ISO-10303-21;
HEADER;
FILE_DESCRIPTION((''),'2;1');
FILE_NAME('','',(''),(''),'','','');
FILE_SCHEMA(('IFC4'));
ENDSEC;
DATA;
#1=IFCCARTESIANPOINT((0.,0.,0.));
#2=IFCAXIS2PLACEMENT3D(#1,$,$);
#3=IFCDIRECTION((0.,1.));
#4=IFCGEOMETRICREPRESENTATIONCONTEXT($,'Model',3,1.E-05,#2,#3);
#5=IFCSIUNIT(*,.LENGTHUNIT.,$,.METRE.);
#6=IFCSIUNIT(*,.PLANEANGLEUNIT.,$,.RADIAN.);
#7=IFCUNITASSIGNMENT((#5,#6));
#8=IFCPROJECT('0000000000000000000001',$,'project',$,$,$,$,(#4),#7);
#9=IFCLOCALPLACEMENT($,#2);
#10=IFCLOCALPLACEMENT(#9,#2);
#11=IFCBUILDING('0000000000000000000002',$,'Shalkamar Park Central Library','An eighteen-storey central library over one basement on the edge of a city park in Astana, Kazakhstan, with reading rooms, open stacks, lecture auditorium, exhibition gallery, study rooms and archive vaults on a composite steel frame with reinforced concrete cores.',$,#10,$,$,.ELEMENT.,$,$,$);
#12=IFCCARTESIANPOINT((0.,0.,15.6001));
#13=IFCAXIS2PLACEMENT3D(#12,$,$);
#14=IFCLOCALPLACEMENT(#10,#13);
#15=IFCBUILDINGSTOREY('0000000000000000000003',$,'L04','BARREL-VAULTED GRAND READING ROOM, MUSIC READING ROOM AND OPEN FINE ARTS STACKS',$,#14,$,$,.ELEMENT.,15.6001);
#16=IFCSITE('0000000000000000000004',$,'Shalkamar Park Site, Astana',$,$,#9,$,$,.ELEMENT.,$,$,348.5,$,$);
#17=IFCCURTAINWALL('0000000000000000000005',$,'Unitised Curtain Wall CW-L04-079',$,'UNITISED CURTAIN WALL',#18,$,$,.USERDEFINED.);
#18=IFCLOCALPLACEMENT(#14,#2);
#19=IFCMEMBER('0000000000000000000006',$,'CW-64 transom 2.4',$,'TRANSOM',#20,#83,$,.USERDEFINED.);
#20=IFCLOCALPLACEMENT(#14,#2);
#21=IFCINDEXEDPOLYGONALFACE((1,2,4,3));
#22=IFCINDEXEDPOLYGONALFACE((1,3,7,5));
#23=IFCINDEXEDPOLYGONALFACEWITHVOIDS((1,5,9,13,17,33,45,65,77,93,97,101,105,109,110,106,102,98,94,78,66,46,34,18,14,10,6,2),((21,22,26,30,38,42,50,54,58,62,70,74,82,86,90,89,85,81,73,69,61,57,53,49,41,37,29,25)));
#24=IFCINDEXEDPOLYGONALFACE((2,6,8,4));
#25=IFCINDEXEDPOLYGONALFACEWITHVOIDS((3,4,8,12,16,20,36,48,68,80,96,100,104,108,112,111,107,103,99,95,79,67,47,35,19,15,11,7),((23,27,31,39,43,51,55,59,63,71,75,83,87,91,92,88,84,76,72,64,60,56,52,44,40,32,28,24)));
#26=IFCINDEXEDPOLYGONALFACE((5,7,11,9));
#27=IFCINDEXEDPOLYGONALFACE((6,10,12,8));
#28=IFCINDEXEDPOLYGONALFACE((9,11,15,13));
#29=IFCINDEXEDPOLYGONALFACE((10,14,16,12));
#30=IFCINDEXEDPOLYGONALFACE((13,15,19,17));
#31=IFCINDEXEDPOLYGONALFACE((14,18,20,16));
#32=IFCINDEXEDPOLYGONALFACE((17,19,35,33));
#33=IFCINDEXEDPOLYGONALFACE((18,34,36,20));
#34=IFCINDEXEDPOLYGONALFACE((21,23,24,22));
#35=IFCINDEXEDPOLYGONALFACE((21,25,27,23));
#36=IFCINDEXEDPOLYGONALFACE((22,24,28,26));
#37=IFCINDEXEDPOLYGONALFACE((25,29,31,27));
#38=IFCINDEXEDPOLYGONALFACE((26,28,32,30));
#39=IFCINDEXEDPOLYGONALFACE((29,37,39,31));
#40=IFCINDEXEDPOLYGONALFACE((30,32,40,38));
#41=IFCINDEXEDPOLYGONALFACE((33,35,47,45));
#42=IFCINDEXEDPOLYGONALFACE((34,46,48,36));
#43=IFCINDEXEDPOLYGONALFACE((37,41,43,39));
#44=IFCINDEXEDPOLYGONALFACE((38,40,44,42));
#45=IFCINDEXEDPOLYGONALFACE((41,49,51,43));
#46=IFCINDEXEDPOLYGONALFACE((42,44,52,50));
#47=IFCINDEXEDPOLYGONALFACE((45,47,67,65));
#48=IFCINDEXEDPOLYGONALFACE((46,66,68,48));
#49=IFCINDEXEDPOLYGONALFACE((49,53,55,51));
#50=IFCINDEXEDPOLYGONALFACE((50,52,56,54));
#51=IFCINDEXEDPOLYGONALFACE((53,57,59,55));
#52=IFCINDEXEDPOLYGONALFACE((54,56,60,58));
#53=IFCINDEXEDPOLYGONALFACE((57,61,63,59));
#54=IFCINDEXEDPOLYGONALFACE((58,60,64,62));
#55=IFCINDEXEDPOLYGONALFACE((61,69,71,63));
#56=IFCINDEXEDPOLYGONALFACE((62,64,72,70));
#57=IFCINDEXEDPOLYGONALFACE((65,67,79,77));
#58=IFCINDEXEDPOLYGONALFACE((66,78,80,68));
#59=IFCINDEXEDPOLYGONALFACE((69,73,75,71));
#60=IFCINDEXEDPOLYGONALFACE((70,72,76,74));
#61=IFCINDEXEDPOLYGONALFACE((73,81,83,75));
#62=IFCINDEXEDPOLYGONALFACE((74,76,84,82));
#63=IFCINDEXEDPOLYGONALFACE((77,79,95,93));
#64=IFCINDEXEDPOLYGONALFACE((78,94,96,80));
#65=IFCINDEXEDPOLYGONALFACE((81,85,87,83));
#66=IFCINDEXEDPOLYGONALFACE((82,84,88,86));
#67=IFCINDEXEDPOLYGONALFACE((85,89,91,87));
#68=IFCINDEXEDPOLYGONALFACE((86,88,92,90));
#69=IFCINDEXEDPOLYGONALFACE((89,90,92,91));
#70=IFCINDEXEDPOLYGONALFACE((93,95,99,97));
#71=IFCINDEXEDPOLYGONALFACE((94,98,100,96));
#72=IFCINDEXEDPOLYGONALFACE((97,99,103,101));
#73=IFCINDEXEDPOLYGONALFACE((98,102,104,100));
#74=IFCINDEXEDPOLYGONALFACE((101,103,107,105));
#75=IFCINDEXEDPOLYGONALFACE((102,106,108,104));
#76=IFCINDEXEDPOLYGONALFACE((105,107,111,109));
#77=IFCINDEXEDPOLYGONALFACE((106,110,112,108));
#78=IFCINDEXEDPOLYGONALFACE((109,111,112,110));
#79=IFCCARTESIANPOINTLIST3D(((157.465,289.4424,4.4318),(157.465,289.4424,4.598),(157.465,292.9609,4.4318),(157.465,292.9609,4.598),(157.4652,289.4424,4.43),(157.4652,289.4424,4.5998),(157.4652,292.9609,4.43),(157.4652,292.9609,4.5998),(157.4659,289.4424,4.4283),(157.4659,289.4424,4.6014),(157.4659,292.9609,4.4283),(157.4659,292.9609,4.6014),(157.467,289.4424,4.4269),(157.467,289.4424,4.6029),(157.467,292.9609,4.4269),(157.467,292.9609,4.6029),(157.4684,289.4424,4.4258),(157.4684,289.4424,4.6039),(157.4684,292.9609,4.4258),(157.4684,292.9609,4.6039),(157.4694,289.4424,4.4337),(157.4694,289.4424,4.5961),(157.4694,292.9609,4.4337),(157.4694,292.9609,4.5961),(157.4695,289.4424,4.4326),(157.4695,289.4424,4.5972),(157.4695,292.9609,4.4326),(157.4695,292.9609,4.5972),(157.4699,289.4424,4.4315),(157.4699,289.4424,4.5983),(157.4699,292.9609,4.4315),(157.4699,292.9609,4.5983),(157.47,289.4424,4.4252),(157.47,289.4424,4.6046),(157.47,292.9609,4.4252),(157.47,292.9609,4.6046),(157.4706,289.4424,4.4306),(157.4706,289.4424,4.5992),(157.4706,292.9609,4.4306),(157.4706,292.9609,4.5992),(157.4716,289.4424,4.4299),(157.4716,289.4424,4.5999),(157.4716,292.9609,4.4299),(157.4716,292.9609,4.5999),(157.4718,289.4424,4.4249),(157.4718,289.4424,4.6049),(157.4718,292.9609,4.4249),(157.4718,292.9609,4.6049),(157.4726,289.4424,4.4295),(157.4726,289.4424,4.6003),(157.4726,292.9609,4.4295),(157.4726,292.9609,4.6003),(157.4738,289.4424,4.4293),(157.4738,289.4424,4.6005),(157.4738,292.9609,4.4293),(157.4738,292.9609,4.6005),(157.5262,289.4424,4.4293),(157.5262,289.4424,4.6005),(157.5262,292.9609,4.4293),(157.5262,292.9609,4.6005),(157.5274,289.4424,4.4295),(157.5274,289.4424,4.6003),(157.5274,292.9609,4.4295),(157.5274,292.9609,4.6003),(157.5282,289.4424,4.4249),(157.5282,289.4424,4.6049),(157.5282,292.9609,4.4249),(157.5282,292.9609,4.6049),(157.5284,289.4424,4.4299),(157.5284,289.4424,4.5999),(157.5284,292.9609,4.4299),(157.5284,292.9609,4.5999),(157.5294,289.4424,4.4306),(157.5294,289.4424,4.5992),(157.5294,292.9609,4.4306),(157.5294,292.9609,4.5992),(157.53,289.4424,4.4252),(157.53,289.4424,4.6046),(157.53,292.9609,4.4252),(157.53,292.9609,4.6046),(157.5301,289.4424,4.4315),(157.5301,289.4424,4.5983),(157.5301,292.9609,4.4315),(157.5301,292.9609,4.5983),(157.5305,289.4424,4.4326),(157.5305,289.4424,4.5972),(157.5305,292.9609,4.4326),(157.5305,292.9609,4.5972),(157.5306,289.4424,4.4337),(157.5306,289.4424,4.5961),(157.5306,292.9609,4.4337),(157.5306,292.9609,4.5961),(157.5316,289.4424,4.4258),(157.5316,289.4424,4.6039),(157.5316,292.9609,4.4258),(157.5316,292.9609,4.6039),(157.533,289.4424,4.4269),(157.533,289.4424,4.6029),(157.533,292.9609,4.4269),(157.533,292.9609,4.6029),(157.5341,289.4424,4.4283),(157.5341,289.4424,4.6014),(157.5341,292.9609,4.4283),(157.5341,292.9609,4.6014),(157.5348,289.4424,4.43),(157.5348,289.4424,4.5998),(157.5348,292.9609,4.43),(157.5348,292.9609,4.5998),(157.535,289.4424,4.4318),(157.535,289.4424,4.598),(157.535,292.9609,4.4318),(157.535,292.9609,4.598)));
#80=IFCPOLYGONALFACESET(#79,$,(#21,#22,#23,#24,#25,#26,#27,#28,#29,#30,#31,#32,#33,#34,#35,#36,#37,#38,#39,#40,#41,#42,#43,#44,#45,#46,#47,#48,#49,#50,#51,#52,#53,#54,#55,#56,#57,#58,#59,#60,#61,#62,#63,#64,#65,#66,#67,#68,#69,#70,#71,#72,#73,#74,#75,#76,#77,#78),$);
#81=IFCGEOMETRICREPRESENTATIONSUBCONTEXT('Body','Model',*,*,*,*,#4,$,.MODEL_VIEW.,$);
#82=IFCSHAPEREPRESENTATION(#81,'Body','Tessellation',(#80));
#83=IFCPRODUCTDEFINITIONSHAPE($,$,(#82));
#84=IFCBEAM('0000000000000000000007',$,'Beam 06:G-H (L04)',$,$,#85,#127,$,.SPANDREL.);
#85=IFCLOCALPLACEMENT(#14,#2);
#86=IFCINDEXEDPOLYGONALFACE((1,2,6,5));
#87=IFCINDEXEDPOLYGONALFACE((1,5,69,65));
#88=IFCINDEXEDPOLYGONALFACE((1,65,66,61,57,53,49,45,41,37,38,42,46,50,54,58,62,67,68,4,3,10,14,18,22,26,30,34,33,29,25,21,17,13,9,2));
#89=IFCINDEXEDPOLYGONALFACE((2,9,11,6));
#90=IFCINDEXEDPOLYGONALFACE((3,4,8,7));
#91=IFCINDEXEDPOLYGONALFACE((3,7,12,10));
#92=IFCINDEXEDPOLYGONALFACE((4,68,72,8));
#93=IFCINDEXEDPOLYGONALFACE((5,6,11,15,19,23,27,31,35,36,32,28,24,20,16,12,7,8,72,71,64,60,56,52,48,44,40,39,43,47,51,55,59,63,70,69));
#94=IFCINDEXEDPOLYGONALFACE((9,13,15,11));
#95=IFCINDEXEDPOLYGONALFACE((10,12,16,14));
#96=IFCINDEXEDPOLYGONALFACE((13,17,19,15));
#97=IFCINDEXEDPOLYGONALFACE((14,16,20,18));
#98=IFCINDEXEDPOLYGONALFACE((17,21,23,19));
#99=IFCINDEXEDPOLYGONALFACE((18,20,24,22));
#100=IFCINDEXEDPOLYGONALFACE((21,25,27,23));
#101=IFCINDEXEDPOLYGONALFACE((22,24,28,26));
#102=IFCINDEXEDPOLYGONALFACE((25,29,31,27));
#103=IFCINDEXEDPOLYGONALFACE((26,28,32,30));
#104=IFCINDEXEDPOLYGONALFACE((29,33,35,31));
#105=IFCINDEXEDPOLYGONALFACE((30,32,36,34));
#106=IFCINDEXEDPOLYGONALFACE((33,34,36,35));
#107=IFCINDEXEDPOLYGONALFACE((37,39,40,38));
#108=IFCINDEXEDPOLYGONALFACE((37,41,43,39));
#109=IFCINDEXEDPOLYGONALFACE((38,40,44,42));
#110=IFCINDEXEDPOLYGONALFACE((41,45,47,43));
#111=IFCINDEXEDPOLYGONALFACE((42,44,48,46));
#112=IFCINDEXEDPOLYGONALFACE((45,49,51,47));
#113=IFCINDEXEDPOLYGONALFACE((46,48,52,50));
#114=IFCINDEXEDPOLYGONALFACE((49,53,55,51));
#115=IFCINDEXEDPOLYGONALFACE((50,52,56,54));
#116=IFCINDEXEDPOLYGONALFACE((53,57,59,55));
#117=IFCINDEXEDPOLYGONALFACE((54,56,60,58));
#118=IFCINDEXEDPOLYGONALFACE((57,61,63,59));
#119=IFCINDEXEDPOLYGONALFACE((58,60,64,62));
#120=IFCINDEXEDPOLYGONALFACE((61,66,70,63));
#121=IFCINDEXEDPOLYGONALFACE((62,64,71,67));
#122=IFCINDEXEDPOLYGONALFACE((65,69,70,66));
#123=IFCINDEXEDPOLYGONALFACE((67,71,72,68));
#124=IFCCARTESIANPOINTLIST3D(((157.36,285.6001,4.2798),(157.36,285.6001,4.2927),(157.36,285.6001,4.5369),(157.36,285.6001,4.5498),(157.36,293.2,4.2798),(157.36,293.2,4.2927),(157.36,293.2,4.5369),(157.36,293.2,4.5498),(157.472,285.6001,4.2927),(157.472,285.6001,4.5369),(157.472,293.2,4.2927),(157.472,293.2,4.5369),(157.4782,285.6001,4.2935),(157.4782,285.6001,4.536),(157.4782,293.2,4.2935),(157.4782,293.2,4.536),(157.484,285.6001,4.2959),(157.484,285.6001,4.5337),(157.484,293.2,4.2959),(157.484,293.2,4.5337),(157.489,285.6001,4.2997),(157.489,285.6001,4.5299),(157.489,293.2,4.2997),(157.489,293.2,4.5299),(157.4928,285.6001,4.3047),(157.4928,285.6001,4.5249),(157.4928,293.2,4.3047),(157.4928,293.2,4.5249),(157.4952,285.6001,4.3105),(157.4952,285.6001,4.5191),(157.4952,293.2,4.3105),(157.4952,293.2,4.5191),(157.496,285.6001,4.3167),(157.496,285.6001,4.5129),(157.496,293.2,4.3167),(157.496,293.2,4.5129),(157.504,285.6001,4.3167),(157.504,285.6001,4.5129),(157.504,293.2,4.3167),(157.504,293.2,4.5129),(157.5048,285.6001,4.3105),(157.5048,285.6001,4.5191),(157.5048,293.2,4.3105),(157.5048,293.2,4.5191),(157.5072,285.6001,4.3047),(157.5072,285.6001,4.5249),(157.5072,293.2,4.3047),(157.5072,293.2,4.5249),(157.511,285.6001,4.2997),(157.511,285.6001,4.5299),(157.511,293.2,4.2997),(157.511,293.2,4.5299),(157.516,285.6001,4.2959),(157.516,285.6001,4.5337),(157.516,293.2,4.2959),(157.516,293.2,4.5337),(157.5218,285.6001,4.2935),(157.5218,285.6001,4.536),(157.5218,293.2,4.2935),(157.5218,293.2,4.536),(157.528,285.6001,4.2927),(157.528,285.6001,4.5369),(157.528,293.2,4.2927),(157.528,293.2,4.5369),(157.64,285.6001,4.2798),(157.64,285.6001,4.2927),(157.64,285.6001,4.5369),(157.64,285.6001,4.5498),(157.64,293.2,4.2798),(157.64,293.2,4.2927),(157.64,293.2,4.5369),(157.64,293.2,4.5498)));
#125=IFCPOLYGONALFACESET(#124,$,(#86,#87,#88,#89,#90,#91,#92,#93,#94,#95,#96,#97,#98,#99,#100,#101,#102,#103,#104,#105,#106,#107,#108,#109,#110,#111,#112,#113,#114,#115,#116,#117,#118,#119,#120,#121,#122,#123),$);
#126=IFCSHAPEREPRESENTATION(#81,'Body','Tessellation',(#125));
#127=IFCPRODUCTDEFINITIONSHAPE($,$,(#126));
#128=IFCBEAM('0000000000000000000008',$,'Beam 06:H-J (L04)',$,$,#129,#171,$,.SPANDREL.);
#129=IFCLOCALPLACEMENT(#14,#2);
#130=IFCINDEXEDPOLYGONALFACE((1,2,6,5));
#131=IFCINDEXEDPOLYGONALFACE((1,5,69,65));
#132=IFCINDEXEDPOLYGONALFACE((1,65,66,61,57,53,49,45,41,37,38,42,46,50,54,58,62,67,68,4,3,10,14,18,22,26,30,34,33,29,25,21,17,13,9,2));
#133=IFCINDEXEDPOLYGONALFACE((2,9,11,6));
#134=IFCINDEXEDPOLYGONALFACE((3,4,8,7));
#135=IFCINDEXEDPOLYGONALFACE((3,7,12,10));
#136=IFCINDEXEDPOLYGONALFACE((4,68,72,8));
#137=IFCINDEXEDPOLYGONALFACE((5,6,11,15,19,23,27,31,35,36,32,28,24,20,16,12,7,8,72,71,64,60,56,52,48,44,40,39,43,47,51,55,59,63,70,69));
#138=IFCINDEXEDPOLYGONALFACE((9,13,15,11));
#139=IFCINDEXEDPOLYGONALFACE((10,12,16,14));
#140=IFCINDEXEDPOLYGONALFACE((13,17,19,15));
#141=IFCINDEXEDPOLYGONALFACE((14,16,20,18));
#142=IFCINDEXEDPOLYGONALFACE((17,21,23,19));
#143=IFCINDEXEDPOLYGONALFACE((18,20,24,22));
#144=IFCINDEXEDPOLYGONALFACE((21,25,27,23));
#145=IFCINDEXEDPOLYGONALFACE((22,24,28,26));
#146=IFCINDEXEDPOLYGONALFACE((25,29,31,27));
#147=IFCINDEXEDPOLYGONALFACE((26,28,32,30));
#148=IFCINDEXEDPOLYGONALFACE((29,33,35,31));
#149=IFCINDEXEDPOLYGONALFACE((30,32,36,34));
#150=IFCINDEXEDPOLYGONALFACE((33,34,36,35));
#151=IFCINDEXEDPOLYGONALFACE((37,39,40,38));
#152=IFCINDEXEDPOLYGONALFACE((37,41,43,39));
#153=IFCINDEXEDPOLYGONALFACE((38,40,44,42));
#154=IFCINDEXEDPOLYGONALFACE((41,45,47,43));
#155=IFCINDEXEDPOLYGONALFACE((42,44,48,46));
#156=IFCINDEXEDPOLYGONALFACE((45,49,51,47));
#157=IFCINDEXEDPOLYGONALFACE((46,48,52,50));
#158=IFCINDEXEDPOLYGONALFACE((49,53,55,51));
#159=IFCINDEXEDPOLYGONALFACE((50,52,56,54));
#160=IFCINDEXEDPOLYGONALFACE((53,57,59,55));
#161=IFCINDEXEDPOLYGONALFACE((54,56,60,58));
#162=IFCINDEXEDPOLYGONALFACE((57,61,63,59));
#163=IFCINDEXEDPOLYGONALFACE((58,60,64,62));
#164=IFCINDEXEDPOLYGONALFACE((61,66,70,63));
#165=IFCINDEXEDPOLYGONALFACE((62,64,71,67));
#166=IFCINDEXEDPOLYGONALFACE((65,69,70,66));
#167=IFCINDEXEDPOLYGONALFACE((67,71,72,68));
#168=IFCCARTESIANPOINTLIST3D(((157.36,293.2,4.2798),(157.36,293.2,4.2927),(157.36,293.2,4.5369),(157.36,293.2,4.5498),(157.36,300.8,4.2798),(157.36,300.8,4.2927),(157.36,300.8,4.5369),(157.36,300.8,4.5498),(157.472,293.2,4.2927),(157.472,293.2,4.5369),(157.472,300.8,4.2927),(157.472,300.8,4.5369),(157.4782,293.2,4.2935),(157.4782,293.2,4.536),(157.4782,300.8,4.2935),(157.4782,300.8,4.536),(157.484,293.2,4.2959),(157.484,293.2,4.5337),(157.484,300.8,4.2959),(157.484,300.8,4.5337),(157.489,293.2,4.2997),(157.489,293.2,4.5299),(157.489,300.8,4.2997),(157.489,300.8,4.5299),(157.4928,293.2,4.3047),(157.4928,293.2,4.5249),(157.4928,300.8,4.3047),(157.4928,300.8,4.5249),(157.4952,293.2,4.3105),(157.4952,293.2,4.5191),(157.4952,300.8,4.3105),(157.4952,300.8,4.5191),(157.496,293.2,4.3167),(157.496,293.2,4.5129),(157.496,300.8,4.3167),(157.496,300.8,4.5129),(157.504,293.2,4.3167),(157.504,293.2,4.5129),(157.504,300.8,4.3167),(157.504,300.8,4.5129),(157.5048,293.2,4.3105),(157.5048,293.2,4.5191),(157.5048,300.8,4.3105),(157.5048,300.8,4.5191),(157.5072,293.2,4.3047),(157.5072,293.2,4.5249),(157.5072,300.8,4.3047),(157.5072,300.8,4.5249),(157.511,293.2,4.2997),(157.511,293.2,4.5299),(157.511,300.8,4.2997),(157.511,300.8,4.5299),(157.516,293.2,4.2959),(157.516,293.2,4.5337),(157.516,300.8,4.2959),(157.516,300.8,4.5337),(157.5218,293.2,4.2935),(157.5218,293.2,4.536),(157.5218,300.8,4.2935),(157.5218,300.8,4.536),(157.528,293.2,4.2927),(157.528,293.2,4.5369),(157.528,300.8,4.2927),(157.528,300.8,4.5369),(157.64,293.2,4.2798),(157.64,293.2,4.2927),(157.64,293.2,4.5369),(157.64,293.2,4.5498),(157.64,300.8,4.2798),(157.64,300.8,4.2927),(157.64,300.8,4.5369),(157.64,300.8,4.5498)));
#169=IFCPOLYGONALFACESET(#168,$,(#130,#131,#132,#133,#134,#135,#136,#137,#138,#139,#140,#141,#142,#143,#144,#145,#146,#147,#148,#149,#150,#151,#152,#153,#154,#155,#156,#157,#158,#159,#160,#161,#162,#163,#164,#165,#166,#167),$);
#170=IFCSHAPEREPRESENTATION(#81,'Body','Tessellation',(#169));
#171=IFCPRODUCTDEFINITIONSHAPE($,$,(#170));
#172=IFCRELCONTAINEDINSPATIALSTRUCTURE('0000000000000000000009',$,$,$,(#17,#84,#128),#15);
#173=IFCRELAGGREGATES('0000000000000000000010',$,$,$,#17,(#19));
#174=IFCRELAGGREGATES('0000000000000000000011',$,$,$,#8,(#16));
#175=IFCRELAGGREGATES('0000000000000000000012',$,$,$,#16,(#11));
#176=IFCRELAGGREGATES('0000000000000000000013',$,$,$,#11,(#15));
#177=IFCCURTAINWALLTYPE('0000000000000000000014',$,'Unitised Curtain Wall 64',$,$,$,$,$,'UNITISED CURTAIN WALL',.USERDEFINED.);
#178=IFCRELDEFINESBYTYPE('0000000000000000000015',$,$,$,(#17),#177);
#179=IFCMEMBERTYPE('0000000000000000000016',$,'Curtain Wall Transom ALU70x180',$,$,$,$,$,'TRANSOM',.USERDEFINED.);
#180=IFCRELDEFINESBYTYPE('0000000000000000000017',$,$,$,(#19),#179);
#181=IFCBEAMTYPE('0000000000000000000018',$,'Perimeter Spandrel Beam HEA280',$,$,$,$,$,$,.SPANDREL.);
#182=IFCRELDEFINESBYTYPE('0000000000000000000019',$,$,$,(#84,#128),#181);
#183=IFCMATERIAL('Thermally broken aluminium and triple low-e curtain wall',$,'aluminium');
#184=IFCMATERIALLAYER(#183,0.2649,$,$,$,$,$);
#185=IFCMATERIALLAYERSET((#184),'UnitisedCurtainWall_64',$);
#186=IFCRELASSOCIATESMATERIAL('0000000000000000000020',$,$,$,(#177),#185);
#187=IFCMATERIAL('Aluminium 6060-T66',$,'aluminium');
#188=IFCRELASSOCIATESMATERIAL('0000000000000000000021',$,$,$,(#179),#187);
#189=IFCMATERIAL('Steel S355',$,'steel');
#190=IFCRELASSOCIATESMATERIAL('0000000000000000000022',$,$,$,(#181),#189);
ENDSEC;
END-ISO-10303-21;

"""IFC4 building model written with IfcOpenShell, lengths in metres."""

from ifc_helpers import new_model, si_unit, direction, frame, origin, origin_2d, place, context, subcontext, project, spatial, hollow_rectangle, i_section, extrude, material, layer, layer_set, material_profile, profile_set, type_object, element, aggregate, save


model = new_model("IFC4")

# Units and contexts
model_context = context("Model", 3, precision=1e-05, world=origin(), true_north=direction((0.0, 1.0)))
body_context = subcontext(model_context, "Body", "Model", "MODEL_VIEW")
ifc_project = project(units=[si_unit("LENGTHUNIT", "METRE"), si_unit("PLANEANGLEUNIT", "RADIAN")], contexts=[model_context])

# Site, building, storey
site_placement = place(None, origin())
site = spatial("IfcSite", under=ifc_project, at=site_placement, Name="Shalkamar Park Site, Astana", CompositionType="ELEMENT", RefElevation=348.5)
building_placement = place(site_placement, origin())
building = spatial("IfcBuilding", under=site, at=building_placement, Name="Shalkamar Park Central Library", Description="An eighteen-storey central library over one basement on the edge of a city park in Astana, Kazakhstan, with reading rooms, open stacks, lecture auditorium, exhibition gallery, study rooms and archive vaults on a composite steel frame with reinforced concrete cores.", CompositionType="ELEMENT")
storey_placement = place(building_placement, frame((0.0, 0.0, 15.6001)))
storey = spatial("IfcBuildingStorey", under=building, at=storey_placement, Name="L04", Description="BARREL-VAULTED GRAND READING ROOM, MUSIC READING ROOM AND OPEN FINE ARTS STACKS", CompositionType="ELEMENT", Elevation=15.6001)

# Shared definitions
ifc_material_1 = material(Name="Steel S355", Category="steel")

# Curtain wall, member
ifc_material_2 = material(Name="Thermally broken aluminium and triple low-e curtain wall", Category="aluminium")
ifc_layer_1 = layer(ifc_material_2, 0.2649)
ifc_layer_set_1 = layer_set([ifc_layer_1], Name="UnitisedCurtainWall_64")
curtain_wall_type = type_object("IfcCurtainWallType", Name="Unitised Curtain Wall 64", ElementType="UNITISED CURTAIN WALL", PredefinedType="USERDEFINED", material=ifc_layer_set_1)
curtain_wall_placement = place(storey_placement, origin())
curtain_wall = element("IfcCurtainWall", 1, at=curtain_wall_placement, inside=storey, type_object=curtain_wall_type, Name="Unitised Curtain Wall CW-L04-079", ObjectType="UNITISED CURTAIN WALL", PredefinedType="USERDEFINED")
ifc_material_3 = material(Name="Aluminium 6060-T66", Category="aluminium")
ifc_material_profile_1 = material_profile(ifc_material_3, hollow_rectangle(XDim=0.0701, YDim=0.1799, WallThickness=0.0044, InnerFilletRadius=0.0044, OuterFilletRadius=0.0068, at=origin_2d()), Name="ALU 70x180x4.5")
ifc_profile_set_1 = profile_set([ifc_material_profile_1], Name="Aluminium 6060-T66")
member_type_1 = type_object("IfcMemberType", Name="Curtain Wall Transom ALU70x180", ElementType="TRANSOM", PredefinedType="USERDEFINED", material=ifc_profile_set_1)
member_1_placement = place(storey_placement, frame((157.5, 289.4424, 4.5149), z_axis=(0.0, 1.0, 0.0), x_axis=(-1.0, 0.0, 0.0)))
member_1 = element("IfcMember", 2, at=member_1_placement, type_object=member_type_1, Name="CW-64 transom 2.4", ObjectType="TRANSOM", PredefinedType="USERDEFINED", context=body_context, shape_type="SweptSolid", body=[
    extrude(hollow_rectangle(XDim=0.0701, YDim=0.1799, WallThickness=0.0044, InnerFilletRadius=0.0044, OuterFilletRadius=0.0068, at=origin_2d()), origin(), (0.0, 0.0, 1.0), 3.5186),
])

# Beams
ifc_material_profile_2 = material_profile(ifc_material_1, i_section(OverallWidth=0.28, OverallDepth=0.27, WebThickness=0.0081, FlangeThickness=0.0129, FilletRadius=0.0239, at=origin_2d()), Name="HEA 280")
ifc_profile_set_2 = profile_set([ifc_material_profile_2], Name="Steel S355")
beam_type_1 = type_object("IfcBeamType", Name="Perimeter Spandrel Beam HEA280", PredefinedType="SPANDREL", material=ifc_profile_set_2)
beam_1_placement = place(storey_placement, frame((157.5, 285.6001, 4.4148), z_axis=(0.0, 1.0, 0.0), x_axis=(-1.0, 0.0, 0.0)))
element("IfcBeam", 3, at=beam_1_placement, inside=storey, type_object=beam_type_1, Name="Beam 06:G-H (L04)", PredefinedType="SPANDREL", context=body_context, shape_type="SweptSolid", body=[
    extrude(i_section(OverallWidth=0.28, OverallDepth=0.27, WebThickness=0.0081, FlangeThickness=0.0129, FilletRadius=0.0239, at=origin_2d()), origin(), (0.0, 0.0, 1.0), 7.5999),
])
beam_2_placement = place(storey_placement, frame((157.5, 293.2, 4.4148), z_axis=(0.0, 1.0, 0.0), x_axis=(-1.0, 0.0, 0.0)))
element("IfcBeam", 4, at=beam_2_placement, inside=storey, type_object=beam_type_1, Name="Beam 06:H-J (L04)", PredefinedType="SPANDREL", context=body_context, shape_type="SweptSolid", body=[
    extrude(i_section(OverallWidth=0.28, OverallDepth=0.27, WebThickness=0.0081, FlangeThickness=0.0129, FilletRadius=0.0239, at=origin_2d()), origin(), (0.0, 0.0, 1.0), 7.6001),
])

aggregate(curtain_wall, [member_1])

save(model, "model.ifc")
